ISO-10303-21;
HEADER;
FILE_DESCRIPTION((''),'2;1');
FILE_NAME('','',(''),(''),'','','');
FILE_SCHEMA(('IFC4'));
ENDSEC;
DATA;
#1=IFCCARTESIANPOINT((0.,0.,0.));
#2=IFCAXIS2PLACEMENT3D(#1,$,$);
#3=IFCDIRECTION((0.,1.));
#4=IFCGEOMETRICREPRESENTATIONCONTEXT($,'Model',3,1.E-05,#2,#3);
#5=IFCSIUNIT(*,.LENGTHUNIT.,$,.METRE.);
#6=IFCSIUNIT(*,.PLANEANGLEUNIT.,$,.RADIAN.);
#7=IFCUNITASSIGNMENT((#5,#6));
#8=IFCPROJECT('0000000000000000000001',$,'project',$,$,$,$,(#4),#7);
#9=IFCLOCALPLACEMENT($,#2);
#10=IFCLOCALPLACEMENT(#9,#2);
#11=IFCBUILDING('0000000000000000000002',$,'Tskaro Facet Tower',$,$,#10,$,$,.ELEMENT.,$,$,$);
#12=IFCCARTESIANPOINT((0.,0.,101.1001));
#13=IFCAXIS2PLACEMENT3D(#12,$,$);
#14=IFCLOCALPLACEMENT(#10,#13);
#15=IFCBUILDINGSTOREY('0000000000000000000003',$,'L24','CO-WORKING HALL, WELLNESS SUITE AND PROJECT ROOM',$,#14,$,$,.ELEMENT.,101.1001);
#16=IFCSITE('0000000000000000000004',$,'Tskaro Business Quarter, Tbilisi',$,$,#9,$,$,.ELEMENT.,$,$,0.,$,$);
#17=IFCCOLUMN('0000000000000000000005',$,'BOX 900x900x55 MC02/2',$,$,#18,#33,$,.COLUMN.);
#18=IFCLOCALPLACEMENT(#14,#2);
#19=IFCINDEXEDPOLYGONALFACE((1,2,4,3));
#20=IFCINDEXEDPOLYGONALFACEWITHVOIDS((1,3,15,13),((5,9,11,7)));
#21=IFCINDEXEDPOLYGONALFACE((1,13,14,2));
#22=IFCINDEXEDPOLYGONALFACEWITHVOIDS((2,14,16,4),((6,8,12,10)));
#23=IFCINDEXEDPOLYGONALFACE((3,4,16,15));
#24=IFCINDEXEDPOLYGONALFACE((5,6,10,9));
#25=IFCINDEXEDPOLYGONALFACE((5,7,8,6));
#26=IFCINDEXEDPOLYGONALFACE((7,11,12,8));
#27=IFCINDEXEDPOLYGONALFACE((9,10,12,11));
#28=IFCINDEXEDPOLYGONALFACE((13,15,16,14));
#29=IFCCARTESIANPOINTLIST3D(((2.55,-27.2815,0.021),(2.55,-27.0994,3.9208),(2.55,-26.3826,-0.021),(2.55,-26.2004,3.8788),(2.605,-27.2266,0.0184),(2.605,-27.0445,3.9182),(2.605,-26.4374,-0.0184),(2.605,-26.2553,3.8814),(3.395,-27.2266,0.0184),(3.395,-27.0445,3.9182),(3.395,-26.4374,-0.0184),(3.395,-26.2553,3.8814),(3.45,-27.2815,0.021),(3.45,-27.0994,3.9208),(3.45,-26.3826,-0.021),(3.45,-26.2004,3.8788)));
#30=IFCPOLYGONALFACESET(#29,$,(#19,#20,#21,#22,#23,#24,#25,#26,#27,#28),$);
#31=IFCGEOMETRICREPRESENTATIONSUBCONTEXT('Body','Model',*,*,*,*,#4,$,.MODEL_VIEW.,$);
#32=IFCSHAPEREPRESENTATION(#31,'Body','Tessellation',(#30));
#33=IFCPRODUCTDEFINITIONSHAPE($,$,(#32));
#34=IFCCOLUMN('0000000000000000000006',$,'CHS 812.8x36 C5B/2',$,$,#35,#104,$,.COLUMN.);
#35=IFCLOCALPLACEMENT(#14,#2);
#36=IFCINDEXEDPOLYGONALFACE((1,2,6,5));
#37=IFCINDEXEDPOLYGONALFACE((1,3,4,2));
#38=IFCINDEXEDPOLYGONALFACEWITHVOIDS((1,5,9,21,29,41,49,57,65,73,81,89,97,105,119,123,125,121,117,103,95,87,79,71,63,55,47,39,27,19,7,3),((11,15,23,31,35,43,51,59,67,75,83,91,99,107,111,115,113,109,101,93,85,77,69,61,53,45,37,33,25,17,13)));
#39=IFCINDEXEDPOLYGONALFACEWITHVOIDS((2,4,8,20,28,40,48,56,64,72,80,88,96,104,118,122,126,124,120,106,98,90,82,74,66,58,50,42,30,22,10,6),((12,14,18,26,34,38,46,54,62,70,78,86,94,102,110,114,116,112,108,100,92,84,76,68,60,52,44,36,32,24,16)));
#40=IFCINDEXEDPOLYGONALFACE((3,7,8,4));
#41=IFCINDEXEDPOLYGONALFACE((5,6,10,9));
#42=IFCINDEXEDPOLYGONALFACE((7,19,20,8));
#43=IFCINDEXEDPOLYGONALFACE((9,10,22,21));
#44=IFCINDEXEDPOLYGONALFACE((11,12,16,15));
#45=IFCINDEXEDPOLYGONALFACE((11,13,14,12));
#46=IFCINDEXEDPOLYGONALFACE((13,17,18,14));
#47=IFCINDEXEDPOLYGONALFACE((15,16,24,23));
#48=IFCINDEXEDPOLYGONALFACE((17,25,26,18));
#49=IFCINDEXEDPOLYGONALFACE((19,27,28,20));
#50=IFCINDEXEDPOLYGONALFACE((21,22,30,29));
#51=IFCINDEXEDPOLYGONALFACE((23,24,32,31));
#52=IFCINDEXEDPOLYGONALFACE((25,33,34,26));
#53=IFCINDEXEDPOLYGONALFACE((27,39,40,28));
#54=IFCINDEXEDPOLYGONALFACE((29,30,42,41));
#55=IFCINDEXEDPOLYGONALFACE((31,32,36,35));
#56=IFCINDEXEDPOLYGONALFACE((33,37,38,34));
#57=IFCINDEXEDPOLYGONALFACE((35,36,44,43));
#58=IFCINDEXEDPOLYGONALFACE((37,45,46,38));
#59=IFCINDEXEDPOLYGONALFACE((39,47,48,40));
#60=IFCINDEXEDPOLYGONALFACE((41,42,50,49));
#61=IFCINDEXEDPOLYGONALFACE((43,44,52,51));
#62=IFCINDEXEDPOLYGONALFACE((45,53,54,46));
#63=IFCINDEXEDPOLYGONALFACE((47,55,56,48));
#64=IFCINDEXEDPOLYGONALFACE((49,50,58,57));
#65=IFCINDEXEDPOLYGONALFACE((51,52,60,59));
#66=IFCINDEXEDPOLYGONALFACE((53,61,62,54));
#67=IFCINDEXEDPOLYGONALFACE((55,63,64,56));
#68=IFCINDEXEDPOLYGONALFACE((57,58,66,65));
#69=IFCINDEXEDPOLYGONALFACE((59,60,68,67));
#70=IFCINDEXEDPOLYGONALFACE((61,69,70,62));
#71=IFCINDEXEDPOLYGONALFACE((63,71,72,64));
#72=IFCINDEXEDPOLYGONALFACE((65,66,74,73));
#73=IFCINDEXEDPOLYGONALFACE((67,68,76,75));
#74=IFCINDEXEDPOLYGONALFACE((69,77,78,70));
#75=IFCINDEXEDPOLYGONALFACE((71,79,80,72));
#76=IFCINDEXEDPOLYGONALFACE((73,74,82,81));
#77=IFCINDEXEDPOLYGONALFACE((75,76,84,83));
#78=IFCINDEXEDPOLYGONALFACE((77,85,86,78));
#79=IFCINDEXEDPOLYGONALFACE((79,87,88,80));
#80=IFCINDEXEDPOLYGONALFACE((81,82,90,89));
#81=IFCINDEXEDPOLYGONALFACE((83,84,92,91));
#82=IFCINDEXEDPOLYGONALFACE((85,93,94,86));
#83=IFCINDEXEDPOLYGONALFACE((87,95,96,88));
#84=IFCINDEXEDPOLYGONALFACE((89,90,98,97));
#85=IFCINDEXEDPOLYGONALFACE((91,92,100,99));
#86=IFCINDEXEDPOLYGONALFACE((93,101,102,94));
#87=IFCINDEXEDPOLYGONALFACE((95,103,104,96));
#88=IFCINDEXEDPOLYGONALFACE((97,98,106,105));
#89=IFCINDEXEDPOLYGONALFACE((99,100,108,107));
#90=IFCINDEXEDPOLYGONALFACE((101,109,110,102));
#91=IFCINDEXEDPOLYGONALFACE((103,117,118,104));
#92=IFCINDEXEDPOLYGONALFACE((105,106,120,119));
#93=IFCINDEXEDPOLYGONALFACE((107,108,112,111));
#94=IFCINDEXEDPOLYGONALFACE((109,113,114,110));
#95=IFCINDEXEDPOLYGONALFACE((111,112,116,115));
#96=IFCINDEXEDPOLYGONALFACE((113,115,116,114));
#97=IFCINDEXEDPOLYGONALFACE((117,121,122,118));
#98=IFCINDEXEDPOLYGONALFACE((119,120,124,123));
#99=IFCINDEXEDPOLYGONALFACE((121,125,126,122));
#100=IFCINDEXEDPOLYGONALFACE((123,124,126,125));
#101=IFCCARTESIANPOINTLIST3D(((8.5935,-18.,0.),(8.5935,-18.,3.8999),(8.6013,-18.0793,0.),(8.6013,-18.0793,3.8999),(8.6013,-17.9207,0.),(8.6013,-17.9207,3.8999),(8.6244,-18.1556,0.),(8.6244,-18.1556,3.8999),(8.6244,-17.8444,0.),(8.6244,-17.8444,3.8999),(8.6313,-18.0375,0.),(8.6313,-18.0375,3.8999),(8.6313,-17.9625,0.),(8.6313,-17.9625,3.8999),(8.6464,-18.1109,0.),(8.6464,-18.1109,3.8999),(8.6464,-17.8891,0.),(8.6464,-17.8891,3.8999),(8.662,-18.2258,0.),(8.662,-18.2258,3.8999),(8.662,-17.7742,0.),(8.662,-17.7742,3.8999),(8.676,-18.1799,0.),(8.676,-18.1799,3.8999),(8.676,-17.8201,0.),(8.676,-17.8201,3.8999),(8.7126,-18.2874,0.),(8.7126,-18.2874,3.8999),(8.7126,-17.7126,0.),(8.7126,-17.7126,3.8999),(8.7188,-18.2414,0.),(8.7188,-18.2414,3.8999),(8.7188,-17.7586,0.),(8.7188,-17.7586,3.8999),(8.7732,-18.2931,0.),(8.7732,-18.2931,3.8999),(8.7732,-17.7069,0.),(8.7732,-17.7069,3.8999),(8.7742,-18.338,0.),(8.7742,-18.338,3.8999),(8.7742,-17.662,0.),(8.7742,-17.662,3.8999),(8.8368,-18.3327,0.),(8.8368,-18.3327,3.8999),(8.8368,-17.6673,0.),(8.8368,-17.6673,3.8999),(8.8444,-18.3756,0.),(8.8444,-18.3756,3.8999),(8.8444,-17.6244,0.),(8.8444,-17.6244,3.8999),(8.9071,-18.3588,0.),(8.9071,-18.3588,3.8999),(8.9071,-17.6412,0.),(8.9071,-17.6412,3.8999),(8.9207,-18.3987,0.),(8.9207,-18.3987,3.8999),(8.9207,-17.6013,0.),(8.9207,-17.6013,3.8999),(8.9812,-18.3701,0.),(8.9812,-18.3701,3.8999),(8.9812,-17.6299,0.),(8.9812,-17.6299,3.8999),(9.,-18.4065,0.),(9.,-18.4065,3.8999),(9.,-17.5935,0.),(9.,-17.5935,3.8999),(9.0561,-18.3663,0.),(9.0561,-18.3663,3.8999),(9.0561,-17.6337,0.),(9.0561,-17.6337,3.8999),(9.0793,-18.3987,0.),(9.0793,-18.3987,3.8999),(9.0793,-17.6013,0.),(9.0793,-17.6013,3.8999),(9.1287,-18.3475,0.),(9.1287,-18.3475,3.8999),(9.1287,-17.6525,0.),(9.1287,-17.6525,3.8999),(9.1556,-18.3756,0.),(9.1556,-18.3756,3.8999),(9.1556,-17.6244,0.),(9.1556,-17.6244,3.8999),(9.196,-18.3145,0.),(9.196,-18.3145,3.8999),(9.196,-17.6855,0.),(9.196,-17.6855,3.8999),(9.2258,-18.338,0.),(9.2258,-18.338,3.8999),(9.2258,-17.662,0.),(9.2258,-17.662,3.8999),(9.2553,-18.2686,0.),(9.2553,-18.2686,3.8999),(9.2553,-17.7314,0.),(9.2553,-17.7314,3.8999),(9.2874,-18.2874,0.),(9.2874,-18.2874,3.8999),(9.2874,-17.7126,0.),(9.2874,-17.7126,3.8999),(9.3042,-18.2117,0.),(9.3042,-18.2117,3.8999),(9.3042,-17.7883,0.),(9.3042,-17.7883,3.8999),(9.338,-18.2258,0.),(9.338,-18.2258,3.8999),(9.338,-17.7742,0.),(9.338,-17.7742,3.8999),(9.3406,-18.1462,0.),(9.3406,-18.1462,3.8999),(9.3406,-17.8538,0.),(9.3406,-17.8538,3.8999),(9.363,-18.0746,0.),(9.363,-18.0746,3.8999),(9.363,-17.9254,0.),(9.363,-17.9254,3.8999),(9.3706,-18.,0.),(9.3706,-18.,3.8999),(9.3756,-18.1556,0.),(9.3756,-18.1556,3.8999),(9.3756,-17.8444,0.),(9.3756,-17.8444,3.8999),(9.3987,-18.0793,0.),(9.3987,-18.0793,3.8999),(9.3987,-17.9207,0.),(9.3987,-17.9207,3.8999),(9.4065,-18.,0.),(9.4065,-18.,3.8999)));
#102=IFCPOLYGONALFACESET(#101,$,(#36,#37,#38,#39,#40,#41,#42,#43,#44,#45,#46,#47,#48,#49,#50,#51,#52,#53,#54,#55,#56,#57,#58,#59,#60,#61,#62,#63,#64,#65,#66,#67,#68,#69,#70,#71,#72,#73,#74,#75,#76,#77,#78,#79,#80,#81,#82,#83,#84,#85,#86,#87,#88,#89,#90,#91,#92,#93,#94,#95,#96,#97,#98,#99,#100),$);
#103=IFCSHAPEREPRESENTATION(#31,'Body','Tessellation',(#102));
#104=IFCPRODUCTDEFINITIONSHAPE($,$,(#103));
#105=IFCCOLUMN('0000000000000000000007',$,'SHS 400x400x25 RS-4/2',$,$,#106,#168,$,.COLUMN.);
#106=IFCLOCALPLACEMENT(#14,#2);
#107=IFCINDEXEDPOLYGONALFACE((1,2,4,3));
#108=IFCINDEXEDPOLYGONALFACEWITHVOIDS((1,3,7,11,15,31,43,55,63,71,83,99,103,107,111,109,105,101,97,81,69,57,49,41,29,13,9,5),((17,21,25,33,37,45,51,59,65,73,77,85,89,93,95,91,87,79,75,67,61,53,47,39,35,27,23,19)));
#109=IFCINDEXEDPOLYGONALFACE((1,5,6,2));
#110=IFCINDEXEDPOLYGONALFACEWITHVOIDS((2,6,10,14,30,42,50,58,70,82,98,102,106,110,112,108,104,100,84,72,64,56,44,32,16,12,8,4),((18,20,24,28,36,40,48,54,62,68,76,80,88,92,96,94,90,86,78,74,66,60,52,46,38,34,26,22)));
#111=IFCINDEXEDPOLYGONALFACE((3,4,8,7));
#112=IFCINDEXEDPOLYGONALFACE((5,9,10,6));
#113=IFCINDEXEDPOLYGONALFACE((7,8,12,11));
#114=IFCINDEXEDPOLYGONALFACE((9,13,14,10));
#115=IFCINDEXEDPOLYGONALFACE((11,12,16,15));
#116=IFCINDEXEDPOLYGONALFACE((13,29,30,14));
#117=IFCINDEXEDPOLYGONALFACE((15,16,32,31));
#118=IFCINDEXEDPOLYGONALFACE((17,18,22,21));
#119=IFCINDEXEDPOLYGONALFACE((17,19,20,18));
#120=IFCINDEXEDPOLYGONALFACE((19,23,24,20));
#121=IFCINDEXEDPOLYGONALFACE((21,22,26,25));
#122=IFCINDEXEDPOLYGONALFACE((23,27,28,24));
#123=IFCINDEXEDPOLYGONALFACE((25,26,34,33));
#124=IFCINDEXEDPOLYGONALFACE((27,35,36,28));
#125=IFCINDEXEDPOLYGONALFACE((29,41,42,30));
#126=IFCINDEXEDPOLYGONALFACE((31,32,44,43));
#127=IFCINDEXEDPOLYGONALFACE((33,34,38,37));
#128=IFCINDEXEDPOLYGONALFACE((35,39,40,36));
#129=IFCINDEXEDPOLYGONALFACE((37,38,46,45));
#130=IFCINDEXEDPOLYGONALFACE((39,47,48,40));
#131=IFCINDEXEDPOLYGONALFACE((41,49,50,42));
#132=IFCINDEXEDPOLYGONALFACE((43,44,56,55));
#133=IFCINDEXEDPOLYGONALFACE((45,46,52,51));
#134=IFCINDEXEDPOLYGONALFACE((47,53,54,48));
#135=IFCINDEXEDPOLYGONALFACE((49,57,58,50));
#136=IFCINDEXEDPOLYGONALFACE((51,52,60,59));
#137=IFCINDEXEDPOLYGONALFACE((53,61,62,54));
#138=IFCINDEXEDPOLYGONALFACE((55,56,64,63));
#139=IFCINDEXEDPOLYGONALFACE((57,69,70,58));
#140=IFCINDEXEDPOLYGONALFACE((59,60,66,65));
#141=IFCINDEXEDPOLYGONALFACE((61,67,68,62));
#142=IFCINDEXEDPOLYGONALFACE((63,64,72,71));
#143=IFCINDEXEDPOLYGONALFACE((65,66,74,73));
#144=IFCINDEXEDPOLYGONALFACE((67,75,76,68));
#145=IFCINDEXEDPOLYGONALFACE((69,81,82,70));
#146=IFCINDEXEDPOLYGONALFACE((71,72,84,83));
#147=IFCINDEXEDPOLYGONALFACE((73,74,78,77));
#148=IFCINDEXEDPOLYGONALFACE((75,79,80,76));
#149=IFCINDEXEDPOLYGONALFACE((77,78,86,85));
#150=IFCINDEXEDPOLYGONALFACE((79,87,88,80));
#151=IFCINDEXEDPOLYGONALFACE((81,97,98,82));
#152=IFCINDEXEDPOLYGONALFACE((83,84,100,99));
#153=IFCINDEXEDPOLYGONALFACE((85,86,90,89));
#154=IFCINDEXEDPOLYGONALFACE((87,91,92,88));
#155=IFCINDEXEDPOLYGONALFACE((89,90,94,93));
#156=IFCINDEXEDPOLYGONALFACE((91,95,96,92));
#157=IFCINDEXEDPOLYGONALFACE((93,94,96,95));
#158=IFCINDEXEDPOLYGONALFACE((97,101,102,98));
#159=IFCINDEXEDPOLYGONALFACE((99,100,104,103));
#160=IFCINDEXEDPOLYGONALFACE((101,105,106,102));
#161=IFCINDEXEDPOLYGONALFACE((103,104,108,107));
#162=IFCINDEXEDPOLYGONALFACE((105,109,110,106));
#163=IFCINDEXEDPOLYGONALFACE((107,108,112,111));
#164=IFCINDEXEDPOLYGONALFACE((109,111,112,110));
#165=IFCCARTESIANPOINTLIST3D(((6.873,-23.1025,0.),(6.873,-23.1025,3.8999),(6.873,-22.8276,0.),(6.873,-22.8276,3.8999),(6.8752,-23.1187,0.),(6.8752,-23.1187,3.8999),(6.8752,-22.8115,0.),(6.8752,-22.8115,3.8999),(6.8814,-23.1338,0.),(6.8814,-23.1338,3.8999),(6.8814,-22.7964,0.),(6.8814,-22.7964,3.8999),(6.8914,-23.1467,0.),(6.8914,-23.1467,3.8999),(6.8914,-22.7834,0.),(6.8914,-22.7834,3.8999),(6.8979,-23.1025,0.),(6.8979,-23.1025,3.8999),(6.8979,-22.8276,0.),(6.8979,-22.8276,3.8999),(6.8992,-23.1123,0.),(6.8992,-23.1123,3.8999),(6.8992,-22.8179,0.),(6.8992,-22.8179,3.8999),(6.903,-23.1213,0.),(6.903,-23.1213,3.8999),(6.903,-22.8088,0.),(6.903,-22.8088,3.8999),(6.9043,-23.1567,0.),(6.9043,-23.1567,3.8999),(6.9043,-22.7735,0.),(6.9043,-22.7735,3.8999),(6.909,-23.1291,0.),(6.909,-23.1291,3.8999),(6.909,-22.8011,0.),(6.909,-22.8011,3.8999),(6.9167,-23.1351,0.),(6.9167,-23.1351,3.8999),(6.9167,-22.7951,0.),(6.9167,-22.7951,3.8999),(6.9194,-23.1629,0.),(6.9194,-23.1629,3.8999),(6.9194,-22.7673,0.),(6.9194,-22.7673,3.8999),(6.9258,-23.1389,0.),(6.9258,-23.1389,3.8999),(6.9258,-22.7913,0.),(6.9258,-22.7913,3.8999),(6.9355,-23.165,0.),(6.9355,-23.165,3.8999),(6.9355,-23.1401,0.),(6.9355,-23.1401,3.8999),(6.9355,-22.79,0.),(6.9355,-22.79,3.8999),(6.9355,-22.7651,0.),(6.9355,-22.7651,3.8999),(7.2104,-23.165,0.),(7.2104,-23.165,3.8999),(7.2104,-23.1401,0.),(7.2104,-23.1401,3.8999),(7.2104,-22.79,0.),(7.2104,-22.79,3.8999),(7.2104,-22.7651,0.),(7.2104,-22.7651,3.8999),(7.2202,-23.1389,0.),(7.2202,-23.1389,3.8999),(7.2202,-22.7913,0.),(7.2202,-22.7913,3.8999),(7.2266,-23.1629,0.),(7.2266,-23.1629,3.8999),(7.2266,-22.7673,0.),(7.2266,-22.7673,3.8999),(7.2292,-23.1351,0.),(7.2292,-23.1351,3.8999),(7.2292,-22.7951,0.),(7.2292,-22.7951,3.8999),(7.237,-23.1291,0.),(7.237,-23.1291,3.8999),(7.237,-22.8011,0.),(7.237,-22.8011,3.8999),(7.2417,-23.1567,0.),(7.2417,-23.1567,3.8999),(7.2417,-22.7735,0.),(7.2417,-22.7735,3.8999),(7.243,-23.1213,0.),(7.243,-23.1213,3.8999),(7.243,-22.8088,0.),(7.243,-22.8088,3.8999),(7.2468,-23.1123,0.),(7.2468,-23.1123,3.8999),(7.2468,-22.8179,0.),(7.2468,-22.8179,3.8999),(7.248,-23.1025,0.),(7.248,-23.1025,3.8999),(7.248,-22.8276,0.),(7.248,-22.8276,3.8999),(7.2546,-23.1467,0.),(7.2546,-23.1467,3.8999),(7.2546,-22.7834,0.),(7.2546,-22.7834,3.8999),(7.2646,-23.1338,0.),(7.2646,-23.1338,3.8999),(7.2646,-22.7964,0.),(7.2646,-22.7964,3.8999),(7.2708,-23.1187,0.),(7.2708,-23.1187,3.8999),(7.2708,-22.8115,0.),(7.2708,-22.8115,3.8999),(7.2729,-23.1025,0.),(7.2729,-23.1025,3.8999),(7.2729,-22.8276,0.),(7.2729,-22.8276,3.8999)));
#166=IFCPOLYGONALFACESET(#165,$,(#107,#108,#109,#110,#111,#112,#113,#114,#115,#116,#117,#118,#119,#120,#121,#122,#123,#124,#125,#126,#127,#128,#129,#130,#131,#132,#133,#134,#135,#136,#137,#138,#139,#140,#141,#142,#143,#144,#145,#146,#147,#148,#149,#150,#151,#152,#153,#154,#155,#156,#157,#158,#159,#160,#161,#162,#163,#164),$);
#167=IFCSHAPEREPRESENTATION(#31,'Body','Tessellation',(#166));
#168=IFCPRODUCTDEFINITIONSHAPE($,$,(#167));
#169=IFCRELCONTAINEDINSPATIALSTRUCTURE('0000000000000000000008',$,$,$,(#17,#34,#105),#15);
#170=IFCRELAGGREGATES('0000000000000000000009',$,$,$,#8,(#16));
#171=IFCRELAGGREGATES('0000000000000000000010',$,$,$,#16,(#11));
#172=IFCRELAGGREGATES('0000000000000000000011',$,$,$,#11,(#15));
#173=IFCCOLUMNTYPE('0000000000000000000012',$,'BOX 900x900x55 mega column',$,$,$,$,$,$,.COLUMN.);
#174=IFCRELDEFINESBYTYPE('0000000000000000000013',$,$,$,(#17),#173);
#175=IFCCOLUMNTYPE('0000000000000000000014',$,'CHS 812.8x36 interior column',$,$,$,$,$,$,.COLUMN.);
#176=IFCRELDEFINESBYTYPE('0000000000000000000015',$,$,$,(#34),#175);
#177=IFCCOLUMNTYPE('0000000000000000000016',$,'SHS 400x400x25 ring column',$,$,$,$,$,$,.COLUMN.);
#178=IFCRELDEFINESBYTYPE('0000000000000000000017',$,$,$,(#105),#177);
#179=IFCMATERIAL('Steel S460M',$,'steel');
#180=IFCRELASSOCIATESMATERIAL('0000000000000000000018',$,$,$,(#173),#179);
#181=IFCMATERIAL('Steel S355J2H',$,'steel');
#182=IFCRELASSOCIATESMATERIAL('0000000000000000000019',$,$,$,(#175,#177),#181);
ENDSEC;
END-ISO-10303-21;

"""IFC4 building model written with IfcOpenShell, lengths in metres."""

from ifc_helpers import new_model, si_unit, direction, frame, origin, origin_2d, place, context, subcontext, project, spatial, hollow_rectangle, hollow_circle, extrude, material, material_profile, profile_set, type_object, element, save


model = new_model("IFC4")

# Units and contexts
model_context = context("Model", 3, precision=1e-05, world=origin(), true_north=direction((0.0, 1.0)))
body_context = subcontext(model_context, "Body", "Model", "MODEL_VIEW")
ifc_project = project(units=[si_unit("LENGTHUNIT", "METRE"), si_unit("PLANEANGLEUNIT", "RADIAN")], contexts=[model_context])

# Site, building, storey
site_placement = place(None, origin())
site = spatial("IfcSite", under=ifc_project, at=site_placement, Name="Tskaro Business Quarter, Tbilisi", CompositionType="ELEMENT", RefElevation=0.0)
building_placement = place(site_placement, origin())
building = spatial("IfcBuilding", under=site, at=building_placement, Name="Tskaro Facet Tower", CompositionType="ELEMENT")
storey_placement = place(building_placement, frame((0.0, 0.0, 101.1001)))
storey = spatial("IfcBuildingStorey", under=building, at=storey_placement, Name="L24", Description="CO-WORKING HALL, WELLNESS SUITE AND PROJECT ROOM", CompositionType="ELEMENT", Elevation=101.1001)

# Columns
ifc_material_1 = material(Name="Steel S460M", Category="steel")
ifc_material_profile_1 = material_profile(ifc_material_1, hollow_rectangle(XDim=0.8999, YDim=0.8999, WallThickness=0.0549, at=origin_2d()), Name="BOX 900x900x55")
ifc_profile_set_1 = profile_set([ifc_material_profile_1], Name="Steel S460M")
column_type_1 = type_object("IfcColumnType", Name="BOX 900x900x55 mega column", PredefinedType="COLUMN", material=ifc_profile_set_1)
column_1_placement = place(storey_placement, frame((3.0, -26.832, 0.0), z_axis=(0.0, 0.04665, 0.998911), x_axis=(-1.0, 0.0, 0.0)))
element("IfcColumn", 1, at=column_1_placement, inside=storey, type_object=column_type_1, Name="BOX 900x900x55 MC02/2", PredefinedType="COLUMN", context=body_context, shape_type="SweptSolid", body=[
    extrude(hollow_rectangle(XDim=0.8999, YDim=0.8999, WallThickness=0.0549, at=origin_2d()), origin(), (0.0, 0.0, 1.0), 3.9041),
])
ifc_material_2 = material(Name="Steel S355J2H", Category="steel")
ifc_material_profile_2 = material_profile(ifc_material_2, hollow_circle(Radius=0.4065, WallThickness=0.0359, at=origin_2d()), Name="CHS 812.8x36")
ifc_profile_set_2 = profile_set([ifc_material_profile_2], Name="Steel S355J2H")
column_type_2 = type_object("IfcColumnType", Name="CHS 812.8x36 interior column", PredefinedType="COLUMN", material=ifc_profile_set_2)
column_2_placement = place(storey_placement, frame((9.0, -18.0, 0.0), z_axis=(0.0, 0.0, 1.0), x_axis=(1.0, 0.0, 0.0)))
element("IfcColumn", 2, at=column_2_placement, inside=storey, type_object=column_type_2, Name="CHS 812.8x36 C5B/2", PredefinedType="COLUMN", context=body_context, shape_type="SweptSolid", body=[
    extrude(hollow_circle(Radius=0.4065, WallThickness=0.0359, at=origin_2d()), origin(), (0.0, 0.0, 1.0), 3.8999),
])
ifc_material_profile_3 = material_profile(ifc_material_2, hollow_rectangle(XDim=0.3999, YDim=0.3999, WallThickness=0.0249, InnerFilletRadius=0.0376, OuterFilletRadius=0.0625, at=origin_2d()), Name="SHS 400x400x25")
ifc_profile_set_3 = profile_set([ifc_material_profile_3], Name="Steel S355J2H")
column_type_3 = type_object("IfcColumnType", Name="SHS 400x400x25 ring column", PredefinedType="COLUMN", material=ifc_profile_set_3)
for number, where, z_axis, x_axis, name in (
    (3, (7.073, -22.9651, 0.0), (0.0, 0.0, 1.0), (1.0, 0.0, 0.0), "SHS 400x400x25 RS-4/2"),
):
    element("IfcColumn", number, at=place(storey_placement, frame(where, z_axis=z_axis, x_axis=x_axis)), inside=storey, type_object=column_type_3, Name=name, PredefinedType="COLUMN", context=body_context, shape_type="SweptSolid", body=[
        extrude(hollow_rectangle(XDim=0.3999, YDim=0.3999, WallThickness=0.0249, InnerFilletRadius=0.0376, OuterFilletRadius=0.0625, at=origin_2d()), origin(), (0.0, 0.0, 1.0), 3.8999),
    ])

save(model, "model.ifc")
